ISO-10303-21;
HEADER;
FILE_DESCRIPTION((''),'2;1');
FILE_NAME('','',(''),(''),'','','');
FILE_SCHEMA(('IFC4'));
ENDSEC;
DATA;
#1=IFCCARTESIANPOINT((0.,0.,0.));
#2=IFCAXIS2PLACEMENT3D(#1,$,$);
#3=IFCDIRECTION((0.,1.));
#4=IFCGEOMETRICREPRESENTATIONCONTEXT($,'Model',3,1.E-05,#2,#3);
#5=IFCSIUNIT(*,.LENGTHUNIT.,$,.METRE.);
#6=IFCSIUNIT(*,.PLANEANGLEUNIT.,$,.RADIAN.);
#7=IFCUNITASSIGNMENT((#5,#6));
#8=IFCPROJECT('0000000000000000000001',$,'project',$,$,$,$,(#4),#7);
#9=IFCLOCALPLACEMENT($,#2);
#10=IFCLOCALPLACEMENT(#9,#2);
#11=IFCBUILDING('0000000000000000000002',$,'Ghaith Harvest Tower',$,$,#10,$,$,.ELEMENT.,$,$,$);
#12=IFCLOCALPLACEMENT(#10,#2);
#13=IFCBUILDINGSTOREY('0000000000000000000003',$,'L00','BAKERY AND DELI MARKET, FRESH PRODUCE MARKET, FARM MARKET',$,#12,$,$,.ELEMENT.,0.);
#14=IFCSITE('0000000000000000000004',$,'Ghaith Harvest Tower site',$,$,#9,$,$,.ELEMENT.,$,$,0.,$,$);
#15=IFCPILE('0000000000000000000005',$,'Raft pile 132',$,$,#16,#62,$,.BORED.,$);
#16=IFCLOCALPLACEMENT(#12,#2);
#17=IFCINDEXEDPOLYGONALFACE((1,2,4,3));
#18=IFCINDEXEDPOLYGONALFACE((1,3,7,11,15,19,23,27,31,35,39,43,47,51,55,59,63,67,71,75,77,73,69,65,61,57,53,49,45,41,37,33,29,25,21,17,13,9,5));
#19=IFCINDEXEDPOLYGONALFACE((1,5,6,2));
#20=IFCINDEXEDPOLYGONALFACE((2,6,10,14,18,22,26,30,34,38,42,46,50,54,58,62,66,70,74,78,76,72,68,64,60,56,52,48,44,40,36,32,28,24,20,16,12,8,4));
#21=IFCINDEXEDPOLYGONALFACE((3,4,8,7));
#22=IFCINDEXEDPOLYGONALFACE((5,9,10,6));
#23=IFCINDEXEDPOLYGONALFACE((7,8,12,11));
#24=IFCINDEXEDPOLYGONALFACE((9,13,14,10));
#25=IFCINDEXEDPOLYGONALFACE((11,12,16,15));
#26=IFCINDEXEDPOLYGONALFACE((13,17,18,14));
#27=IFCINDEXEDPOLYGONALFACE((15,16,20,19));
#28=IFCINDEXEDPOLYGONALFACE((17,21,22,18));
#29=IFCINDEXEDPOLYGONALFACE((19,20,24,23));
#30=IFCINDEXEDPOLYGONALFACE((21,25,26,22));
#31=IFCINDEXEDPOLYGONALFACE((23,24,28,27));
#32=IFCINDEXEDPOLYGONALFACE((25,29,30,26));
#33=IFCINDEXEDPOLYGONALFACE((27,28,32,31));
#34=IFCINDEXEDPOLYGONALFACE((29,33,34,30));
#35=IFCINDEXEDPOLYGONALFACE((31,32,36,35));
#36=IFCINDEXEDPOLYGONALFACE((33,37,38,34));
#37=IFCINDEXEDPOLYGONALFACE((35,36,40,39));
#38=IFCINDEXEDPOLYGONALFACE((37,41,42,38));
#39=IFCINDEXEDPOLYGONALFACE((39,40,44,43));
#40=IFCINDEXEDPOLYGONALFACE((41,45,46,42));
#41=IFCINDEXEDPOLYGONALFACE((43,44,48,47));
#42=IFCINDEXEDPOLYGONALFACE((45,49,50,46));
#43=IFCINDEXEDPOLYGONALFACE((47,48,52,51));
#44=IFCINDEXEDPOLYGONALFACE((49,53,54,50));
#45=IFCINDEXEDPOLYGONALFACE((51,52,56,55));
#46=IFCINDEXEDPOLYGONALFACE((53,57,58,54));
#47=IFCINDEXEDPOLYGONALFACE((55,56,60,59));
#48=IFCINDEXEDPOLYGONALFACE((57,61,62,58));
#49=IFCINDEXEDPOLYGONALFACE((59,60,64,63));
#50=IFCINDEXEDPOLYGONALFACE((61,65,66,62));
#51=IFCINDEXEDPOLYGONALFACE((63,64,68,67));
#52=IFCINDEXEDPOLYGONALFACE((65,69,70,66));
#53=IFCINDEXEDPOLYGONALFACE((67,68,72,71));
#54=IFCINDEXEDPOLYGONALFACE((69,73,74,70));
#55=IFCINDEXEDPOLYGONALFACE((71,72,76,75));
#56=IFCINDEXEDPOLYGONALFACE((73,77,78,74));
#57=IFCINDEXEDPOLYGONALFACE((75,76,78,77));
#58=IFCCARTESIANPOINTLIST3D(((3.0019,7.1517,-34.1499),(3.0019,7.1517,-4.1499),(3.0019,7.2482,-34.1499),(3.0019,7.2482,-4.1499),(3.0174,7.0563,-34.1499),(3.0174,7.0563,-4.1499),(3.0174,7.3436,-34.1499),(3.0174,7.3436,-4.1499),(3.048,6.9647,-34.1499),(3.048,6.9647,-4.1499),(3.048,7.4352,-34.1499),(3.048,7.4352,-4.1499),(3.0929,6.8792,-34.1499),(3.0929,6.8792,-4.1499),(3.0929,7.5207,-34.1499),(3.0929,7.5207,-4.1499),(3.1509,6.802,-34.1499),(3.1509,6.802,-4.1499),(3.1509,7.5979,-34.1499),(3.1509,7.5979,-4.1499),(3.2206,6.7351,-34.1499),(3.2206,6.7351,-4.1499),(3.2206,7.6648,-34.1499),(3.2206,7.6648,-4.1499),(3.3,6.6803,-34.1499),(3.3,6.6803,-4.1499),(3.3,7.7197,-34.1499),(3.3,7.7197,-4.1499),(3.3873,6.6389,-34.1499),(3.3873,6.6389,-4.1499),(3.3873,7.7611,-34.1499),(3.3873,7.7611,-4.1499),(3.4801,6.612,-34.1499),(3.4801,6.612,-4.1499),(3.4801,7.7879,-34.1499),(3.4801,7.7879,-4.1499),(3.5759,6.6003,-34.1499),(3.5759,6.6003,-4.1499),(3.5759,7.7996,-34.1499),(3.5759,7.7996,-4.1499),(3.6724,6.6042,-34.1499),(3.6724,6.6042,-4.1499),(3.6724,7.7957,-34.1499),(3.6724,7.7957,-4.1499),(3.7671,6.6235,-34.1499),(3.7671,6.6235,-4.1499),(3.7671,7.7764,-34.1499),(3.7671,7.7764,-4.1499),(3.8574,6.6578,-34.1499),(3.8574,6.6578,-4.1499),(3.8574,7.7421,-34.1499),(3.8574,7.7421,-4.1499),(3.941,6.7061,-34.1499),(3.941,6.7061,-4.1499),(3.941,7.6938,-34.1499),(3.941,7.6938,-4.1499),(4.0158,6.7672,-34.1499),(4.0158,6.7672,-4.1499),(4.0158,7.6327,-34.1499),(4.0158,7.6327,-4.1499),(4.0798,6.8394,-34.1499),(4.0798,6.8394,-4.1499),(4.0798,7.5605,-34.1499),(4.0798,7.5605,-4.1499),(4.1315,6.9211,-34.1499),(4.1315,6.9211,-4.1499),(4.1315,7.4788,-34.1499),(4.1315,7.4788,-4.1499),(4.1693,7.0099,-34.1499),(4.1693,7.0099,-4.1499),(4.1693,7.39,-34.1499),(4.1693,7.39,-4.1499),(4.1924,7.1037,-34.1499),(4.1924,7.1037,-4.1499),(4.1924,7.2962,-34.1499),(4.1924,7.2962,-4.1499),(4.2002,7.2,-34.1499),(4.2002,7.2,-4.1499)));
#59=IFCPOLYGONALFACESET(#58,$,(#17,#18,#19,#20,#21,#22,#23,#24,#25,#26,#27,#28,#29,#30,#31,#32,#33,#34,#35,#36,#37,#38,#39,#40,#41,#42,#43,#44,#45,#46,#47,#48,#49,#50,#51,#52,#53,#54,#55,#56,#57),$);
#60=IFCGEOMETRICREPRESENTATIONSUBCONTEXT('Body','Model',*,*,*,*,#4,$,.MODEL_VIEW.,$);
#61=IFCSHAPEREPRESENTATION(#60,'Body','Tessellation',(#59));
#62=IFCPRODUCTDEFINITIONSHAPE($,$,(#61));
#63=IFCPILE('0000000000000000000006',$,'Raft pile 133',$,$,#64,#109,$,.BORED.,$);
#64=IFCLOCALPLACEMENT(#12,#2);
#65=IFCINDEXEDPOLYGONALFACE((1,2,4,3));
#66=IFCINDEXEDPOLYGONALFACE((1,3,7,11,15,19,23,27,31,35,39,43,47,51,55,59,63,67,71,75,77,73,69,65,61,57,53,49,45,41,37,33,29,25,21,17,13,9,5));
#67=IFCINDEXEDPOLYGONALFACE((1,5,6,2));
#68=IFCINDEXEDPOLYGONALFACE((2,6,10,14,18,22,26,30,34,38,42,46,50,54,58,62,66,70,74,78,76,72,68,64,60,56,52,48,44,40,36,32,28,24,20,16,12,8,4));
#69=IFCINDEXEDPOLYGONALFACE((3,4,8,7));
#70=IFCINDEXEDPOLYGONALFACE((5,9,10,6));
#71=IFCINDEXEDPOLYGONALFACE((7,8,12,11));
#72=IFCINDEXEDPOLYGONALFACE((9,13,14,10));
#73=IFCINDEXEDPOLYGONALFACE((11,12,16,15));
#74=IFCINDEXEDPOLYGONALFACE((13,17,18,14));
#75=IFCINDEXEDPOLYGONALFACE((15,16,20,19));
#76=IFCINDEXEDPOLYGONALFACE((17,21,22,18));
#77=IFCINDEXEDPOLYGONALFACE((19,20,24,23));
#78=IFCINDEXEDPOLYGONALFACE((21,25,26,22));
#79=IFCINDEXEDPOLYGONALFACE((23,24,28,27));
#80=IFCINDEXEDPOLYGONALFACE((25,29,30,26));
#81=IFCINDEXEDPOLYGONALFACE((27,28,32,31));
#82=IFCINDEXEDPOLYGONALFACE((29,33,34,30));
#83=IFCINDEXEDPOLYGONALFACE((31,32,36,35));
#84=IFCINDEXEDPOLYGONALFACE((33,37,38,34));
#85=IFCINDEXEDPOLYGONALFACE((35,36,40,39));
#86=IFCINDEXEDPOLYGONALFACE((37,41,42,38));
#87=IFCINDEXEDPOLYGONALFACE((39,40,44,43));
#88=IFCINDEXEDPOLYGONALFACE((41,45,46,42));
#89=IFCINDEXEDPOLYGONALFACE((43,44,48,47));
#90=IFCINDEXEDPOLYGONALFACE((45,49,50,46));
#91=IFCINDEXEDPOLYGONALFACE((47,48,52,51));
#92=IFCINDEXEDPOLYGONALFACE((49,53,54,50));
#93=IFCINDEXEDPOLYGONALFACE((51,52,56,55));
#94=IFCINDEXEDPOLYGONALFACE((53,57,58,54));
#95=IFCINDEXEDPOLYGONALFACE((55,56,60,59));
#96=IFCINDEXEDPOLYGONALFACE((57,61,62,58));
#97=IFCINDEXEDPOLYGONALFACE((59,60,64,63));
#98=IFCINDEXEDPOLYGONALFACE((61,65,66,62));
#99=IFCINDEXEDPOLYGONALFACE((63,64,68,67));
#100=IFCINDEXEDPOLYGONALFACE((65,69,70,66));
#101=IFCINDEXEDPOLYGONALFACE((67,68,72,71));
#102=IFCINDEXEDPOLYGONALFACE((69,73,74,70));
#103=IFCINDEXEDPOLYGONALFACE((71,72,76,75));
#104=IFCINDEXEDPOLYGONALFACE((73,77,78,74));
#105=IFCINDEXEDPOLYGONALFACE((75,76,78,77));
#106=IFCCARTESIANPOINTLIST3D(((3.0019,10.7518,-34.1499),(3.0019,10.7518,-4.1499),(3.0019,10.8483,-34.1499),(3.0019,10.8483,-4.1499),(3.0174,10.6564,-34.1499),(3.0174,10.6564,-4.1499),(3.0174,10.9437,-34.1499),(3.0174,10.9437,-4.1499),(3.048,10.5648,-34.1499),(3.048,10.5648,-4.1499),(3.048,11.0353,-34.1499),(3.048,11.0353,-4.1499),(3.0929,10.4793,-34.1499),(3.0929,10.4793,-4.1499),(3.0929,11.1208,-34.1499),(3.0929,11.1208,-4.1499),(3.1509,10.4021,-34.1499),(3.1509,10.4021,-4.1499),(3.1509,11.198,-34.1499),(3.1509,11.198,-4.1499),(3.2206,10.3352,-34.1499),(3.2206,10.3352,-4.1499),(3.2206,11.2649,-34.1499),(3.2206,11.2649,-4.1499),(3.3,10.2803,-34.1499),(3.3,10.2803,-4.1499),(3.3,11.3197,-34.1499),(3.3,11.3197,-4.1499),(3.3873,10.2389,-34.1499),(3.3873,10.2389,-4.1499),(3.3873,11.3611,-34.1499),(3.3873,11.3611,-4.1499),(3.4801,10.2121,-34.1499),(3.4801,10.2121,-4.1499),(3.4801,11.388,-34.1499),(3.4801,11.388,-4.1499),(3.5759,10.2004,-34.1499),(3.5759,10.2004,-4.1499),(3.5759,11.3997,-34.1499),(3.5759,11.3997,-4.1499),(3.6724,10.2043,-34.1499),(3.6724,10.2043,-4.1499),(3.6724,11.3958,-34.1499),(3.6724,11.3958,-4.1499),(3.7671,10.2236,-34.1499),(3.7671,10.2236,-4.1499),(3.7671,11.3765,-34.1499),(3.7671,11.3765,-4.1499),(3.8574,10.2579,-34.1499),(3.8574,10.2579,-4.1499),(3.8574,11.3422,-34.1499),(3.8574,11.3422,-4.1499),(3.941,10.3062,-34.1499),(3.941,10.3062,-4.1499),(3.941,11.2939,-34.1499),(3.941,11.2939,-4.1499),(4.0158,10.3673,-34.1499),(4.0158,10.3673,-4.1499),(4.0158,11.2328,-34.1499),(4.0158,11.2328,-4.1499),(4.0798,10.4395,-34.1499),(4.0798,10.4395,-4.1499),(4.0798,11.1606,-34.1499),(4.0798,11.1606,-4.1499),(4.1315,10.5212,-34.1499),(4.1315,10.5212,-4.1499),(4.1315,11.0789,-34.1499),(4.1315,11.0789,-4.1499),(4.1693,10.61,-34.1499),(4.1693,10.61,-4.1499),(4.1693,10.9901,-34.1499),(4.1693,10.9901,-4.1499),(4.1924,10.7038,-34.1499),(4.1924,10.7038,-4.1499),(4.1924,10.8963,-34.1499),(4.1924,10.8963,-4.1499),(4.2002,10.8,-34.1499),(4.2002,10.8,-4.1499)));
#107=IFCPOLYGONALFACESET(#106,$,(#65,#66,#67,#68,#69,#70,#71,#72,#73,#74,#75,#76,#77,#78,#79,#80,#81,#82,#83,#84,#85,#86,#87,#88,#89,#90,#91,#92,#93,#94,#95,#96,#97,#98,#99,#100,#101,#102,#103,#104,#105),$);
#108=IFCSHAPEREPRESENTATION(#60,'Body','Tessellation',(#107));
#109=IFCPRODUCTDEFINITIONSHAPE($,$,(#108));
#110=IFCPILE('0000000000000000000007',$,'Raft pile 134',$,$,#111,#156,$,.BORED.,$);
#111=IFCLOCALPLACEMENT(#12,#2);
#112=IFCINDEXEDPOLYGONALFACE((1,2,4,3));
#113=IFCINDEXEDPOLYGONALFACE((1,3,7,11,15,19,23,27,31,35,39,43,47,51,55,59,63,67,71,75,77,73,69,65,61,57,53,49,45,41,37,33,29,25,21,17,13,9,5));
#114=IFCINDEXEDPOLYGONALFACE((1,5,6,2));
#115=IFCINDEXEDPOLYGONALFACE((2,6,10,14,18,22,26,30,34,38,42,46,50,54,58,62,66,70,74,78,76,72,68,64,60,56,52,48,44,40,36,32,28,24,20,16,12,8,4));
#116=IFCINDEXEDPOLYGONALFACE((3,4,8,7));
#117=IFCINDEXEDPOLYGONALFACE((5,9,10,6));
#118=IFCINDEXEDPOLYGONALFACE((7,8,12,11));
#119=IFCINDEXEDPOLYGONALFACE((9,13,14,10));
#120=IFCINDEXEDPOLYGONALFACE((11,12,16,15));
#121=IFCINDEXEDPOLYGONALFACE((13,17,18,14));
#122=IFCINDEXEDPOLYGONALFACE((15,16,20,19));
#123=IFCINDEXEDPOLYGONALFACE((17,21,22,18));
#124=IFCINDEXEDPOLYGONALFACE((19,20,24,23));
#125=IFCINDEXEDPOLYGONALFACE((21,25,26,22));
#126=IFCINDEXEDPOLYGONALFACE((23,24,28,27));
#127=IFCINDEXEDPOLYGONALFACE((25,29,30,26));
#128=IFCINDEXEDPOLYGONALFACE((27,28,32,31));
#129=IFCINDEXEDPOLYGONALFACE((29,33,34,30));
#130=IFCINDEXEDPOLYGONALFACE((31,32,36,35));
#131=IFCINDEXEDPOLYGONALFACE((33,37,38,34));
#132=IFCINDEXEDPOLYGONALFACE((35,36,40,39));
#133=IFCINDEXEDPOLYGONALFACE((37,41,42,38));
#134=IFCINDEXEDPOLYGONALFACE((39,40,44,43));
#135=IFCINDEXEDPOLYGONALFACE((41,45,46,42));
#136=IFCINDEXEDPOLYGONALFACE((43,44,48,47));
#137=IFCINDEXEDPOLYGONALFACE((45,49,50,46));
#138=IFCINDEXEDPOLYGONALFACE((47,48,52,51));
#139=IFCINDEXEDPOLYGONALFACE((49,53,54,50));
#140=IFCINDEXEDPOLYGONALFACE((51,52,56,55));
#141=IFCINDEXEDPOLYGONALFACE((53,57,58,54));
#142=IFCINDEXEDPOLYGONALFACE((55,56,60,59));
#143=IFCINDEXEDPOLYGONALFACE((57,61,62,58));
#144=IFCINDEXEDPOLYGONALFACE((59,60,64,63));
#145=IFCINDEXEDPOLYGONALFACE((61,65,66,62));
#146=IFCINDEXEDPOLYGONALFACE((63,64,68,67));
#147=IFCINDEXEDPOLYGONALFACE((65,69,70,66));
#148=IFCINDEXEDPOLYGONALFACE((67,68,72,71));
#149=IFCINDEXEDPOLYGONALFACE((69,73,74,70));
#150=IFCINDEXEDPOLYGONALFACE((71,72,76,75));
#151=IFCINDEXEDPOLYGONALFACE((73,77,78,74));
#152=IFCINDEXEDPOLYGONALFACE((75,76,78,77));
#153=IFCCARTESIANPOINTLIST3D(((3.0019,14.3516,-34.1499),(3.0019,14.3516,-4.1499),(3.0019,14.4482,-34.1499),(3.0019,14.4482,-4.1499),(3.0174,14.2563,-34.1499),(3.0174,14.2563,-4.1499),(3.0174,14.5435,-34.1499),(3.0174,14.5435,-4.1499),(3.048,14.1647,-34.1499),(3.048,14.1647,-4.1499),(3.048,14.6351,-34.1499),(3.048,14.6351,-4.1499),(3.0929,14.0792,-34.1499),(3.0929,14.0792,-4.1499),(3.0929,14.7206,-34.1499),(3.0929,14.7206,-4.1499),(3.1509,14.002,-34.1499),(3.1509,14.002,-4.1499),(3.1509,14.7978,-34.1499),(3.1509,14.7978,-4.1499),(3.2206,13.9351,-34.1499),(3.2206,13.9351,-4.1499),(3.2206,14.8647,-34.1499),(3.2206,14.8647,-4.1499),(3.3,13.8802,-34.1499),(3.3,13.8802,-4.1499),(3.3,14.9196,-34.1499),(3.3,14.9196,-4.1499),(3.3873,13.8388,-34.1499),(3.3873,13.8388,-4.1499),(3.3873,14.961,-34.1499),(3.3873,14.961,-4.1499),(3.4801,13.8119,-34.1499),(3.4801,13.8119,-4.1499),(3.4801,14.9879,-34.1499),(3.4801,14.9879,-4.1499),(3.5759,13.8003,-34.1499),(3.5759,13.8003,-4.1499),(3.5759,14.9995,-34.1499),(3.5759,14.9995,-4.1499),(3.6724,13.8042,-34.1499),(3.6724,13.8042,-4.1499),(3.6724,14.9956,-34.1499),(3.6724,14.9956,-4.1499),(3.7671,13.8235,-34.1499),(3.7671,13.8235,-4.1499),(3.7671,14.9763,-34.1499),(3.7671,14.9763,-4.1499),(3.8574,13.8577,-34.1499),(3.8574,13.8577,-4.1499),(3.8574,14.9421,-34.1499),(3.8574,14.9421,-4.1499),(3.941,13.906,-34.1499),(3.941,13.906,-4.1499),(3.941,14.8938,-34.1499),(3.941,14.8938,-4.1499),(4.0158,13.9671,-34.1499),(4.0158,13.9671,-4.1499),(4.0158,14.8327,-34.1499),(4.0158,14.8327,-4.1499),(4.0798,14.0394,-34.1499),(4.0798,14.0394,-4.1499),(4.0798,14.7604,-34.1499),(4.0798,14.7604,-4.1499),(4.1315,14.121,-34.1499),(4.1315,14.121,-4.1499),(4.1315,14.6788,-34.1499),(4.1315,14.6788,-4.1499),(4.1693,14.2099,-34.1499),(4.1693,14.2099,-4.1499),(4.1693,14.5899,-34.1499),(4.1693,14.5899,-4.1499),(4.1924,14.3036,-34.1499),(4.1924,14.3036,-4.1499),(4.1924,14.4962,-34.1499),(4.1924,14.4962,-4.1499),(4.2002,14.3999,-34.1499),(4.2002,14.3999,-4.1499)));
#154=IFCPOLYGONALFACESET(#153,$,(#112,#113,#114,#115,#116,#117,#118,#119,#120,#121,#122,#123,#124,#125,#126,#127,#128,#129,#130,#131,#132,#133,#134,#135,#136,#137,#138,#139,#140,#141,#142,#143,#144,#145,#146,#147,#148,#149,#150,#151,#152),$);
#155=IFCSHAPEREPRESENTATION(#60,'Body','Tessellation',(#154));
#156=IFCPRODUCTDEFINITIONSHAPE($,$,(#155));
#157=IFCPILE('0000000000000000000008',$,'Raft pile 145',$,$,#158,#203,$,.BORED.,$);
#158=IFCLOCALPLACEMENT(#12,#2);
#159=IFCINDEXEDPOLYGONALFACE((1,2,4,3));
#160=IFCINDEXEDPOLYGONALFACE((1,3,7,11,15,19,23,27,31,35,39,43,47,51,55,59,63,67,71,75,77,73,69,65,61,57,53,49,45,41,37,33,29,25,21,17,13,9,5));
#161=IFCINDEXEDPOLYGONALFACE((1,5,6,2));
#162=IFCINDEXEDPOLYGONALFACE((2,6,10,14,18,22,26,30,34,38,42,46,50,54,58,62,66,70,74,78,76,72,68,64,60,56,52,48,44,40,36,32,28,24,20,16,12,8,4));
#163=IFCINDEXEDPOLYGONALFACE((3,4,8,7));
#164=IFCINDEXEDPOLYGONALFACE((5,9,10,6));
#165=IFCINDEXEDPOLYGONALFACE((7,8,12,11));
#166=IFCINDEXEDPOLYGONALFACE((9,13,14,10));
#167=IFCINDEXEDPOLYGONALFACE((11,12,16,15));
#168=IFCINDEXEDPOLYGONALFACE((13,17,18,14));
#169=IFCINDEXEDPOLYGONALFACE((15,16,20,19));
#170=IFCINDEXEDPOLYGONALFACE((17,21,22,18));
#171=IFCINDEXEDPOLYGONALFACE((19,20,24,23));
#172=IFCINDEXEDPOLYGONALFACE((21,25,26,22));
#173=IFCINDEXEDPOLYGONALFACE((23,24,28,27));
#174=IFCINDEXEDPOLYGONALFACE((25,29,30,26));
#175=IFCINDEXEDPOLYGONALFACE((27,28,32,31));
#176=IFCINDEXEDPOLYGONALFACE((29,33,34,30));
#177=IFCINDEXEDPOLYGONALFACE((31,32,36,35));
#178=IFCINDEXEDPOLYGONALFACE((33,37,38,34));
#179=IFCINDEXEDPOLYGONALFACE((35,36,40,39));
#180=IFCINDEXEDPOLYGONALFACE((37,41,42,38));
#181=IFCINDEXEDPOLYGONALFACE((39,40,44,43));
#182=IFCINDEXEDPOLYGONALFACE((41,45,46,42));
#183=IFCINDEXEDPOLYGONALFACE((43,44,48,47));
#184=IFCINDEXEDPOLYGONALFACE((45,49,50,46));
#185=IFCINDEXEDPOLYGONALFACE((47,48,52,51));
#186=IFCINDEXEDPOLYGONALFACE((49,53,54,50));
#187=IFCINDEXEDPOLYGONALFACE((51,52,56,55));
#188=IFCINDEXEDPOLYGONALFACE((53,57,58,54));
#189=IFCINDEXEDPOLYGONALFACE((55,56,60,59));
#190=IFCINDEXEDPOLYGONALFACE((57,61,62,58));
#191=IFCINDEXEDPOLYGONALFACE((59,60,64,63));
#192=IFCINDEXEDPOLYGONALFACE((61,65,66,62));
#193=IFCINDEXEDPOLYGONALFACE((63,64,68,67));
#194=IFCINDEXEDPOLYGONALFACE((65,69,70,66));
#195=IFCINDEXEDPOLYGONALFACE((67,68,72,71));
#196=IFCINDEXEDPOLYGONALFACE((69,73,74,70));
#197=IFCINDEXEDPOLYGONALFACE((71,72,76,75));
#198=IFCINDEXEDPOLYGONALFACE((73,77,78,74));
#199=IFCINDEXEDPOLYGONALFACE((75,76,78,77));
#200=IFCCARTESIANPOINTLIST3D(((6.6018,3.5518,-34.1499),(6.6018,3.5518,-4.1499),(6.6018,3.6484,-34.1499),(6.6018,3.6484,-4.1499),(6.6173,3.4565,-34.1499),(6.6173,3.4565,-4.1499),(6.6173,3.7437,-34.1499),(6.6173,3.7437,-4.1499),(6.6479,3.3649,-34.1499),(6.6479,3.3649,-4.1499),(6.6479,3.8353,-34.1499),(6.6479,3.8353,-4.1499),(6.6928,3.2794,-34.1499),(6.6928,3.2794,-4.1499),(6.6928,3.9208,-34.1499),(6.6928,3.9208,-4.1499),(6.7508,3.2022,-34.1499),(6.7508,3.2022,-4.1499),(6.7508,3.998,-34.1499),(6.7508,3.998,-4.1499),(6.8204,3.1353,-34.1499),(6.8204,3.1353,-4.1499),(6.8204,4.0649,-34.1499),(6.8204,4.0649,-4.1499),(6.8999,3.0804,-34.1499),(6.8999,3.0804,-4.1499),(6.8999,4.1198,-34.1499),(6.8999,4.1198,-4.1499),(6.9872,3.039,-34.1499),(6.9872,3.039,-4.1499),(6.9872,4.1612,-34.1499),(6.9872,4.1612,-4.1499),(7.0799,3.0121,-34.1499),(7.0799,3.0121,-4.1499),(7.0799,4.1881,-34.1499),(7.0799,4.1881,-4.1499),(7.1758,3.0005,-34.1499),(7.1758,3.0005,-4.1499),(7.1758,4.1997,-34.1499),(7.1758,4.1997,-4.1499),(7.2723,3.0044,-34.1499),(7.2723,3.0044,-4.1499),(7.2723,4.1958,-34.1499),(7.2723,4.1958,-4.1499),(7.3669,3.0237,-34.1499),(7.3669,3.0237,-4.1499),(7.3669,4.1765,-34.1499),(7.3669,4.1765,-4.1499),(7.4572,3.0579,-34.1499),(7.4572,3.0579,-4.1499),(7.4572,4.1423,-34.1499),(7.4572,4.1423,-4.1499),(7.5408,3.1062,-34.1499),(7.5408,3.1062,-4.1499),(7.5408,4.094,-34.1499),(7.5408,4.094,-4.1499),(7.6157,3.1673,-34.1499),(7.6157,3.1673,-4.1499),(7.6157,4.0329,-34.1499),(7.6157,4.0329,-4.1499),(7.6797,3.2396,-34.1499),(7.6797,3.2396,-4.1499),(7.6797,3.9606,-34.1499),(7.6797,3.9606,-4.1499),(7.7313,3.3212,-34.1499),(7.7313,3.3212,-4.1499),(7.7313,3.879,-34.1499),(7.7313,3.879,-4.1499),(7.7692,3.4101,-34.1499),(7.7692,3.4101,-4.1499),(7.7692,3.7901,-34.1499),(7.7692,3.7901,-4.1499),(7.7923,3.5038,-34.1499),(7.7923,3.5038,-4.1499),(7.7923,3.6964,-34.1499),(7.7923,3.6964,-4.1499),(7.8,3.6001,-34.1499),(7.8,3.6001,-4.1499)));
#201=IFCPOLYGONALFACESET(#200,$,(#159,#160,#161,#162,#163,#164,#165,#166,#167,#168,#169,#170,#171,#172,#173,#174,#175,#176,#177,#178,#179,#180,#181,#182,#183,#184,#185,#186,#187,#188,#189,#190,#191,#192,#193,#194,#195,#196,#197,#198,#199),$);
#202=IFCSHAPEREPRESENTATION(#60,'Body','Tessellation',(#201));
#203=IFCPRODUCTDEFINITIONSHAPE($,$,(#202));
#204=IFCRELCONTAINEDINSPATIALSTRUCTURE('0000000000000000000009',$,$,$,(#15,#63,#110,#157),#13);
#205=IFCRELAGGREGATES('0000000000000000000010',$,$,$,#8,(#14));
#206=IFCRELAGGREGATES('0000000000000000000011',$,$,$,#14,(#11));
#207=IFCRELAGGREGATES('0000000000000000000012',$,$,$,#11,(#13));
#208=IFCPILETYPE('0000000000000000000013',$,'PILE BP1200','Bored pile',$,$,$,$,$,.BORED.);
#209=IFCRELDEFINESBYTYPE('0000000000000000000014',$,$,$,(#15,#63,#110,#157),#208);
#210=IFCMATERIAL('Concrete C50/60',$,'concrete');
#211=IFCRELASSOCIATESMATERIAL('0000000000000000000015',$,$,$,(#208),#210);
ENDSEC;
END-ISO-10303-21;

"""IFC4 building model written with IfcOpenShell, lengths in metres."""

from ifc_helpers import new_model, si_unit, direction, frame, origin, origin_2d, place, context, subcontext, project, spatial, circle, extrude, material, material_profile, profile_set, type_object, element, save


model = new_model("IFC4")

# Units and contexts
model_context = context("Model", 3, precision=1e-05, world=origin(), true_north=direction((0.0, 1.0)))
body_context = subcontext(model_context, "Body", "Model", "MODEL_VIEW")
ifc_project = project(units=[si_unit("LENGTHUNIT", "METRE"), si_unit("PLANEANGLEUNIT", "RADIAN")], contexts=[model_context])

# Site, building, storey
site_placement = place(None, origin())
site = spatial("IfcSite", under=ifc_project, at=site_placement, Name="Ghaith Harvest Tower site", CompositionType="ELEMENT", RefElevation=0.0)
building_placement = place(site_placement, origin())
building = spatial("IfcBuilding", under=site, at=building_placement, Name="Ghaith Harvest Tower", CompositionType="ELEMENT")
storey_placement = place(building_placement, origin())
storey = spatial("IfcBuildingStorey", under=building, at=storey_placement, Name="L00", Description="BAKERY AND DELI MARKET, FRESH PRODUCE MARKET, FARM MARKET", CompositionType="ELEMENT", Elevation=0.0)

# Piles
ifc_material_1 = material(Name="Concrete C50/60", Category="concrete")
ifc_material_profile = material_profile(ifc_material_1, circle(Radius=0.6001, at=origin_2d()), Name="PILE1200")
ifc_profile_set = profile_set([ifc_material_profile], Name="Concrete C50/60")
pile_type = type_object("IfcPileType", Name="PILE BP1200", Description="Bored pile", PredefinedType="BORED", material=ifc_profile_set)
for number, where, z_axis, x_axis, name in (
    (1, (3.6001, 7.2, -4.1499), (0.0, 0.0, -1.0), (1.0, 0.0, 0.0), "Raft pile 132"),
    (2, (3.6001, 10.8, -4.1499), (0.0, 0.0, -1.0), (1.0, 0.0, 0.0), "Raft pile 133"),
    (3, (3.6001, 14.3999, -4.1499), (0.0, 0.0, -1.0), (1.0, 0.0, 0.0), "Raft pile 134"),
    (4, (7.2, 3.6001, -4.1499), (0.0, 0.0, -1.0), (1.0, 0.0, 0.0), "Raft pile 145"),
):
    element("IfcPile", number, at=place(storey_placement, frame(where, z_axis=z_axis, x_axis=x_axis)), inside=storey, type_object=pile_type, Name=name, PredefinedType="BORED", context=body_context, shape_type="SweptSolid", body=[
        extrude(circle(Radius=0.6001, at=origin_2d()), origin(), (0.0, 0.0, 1.0), 30.0),
    ])

save(model, "model.ifc")
